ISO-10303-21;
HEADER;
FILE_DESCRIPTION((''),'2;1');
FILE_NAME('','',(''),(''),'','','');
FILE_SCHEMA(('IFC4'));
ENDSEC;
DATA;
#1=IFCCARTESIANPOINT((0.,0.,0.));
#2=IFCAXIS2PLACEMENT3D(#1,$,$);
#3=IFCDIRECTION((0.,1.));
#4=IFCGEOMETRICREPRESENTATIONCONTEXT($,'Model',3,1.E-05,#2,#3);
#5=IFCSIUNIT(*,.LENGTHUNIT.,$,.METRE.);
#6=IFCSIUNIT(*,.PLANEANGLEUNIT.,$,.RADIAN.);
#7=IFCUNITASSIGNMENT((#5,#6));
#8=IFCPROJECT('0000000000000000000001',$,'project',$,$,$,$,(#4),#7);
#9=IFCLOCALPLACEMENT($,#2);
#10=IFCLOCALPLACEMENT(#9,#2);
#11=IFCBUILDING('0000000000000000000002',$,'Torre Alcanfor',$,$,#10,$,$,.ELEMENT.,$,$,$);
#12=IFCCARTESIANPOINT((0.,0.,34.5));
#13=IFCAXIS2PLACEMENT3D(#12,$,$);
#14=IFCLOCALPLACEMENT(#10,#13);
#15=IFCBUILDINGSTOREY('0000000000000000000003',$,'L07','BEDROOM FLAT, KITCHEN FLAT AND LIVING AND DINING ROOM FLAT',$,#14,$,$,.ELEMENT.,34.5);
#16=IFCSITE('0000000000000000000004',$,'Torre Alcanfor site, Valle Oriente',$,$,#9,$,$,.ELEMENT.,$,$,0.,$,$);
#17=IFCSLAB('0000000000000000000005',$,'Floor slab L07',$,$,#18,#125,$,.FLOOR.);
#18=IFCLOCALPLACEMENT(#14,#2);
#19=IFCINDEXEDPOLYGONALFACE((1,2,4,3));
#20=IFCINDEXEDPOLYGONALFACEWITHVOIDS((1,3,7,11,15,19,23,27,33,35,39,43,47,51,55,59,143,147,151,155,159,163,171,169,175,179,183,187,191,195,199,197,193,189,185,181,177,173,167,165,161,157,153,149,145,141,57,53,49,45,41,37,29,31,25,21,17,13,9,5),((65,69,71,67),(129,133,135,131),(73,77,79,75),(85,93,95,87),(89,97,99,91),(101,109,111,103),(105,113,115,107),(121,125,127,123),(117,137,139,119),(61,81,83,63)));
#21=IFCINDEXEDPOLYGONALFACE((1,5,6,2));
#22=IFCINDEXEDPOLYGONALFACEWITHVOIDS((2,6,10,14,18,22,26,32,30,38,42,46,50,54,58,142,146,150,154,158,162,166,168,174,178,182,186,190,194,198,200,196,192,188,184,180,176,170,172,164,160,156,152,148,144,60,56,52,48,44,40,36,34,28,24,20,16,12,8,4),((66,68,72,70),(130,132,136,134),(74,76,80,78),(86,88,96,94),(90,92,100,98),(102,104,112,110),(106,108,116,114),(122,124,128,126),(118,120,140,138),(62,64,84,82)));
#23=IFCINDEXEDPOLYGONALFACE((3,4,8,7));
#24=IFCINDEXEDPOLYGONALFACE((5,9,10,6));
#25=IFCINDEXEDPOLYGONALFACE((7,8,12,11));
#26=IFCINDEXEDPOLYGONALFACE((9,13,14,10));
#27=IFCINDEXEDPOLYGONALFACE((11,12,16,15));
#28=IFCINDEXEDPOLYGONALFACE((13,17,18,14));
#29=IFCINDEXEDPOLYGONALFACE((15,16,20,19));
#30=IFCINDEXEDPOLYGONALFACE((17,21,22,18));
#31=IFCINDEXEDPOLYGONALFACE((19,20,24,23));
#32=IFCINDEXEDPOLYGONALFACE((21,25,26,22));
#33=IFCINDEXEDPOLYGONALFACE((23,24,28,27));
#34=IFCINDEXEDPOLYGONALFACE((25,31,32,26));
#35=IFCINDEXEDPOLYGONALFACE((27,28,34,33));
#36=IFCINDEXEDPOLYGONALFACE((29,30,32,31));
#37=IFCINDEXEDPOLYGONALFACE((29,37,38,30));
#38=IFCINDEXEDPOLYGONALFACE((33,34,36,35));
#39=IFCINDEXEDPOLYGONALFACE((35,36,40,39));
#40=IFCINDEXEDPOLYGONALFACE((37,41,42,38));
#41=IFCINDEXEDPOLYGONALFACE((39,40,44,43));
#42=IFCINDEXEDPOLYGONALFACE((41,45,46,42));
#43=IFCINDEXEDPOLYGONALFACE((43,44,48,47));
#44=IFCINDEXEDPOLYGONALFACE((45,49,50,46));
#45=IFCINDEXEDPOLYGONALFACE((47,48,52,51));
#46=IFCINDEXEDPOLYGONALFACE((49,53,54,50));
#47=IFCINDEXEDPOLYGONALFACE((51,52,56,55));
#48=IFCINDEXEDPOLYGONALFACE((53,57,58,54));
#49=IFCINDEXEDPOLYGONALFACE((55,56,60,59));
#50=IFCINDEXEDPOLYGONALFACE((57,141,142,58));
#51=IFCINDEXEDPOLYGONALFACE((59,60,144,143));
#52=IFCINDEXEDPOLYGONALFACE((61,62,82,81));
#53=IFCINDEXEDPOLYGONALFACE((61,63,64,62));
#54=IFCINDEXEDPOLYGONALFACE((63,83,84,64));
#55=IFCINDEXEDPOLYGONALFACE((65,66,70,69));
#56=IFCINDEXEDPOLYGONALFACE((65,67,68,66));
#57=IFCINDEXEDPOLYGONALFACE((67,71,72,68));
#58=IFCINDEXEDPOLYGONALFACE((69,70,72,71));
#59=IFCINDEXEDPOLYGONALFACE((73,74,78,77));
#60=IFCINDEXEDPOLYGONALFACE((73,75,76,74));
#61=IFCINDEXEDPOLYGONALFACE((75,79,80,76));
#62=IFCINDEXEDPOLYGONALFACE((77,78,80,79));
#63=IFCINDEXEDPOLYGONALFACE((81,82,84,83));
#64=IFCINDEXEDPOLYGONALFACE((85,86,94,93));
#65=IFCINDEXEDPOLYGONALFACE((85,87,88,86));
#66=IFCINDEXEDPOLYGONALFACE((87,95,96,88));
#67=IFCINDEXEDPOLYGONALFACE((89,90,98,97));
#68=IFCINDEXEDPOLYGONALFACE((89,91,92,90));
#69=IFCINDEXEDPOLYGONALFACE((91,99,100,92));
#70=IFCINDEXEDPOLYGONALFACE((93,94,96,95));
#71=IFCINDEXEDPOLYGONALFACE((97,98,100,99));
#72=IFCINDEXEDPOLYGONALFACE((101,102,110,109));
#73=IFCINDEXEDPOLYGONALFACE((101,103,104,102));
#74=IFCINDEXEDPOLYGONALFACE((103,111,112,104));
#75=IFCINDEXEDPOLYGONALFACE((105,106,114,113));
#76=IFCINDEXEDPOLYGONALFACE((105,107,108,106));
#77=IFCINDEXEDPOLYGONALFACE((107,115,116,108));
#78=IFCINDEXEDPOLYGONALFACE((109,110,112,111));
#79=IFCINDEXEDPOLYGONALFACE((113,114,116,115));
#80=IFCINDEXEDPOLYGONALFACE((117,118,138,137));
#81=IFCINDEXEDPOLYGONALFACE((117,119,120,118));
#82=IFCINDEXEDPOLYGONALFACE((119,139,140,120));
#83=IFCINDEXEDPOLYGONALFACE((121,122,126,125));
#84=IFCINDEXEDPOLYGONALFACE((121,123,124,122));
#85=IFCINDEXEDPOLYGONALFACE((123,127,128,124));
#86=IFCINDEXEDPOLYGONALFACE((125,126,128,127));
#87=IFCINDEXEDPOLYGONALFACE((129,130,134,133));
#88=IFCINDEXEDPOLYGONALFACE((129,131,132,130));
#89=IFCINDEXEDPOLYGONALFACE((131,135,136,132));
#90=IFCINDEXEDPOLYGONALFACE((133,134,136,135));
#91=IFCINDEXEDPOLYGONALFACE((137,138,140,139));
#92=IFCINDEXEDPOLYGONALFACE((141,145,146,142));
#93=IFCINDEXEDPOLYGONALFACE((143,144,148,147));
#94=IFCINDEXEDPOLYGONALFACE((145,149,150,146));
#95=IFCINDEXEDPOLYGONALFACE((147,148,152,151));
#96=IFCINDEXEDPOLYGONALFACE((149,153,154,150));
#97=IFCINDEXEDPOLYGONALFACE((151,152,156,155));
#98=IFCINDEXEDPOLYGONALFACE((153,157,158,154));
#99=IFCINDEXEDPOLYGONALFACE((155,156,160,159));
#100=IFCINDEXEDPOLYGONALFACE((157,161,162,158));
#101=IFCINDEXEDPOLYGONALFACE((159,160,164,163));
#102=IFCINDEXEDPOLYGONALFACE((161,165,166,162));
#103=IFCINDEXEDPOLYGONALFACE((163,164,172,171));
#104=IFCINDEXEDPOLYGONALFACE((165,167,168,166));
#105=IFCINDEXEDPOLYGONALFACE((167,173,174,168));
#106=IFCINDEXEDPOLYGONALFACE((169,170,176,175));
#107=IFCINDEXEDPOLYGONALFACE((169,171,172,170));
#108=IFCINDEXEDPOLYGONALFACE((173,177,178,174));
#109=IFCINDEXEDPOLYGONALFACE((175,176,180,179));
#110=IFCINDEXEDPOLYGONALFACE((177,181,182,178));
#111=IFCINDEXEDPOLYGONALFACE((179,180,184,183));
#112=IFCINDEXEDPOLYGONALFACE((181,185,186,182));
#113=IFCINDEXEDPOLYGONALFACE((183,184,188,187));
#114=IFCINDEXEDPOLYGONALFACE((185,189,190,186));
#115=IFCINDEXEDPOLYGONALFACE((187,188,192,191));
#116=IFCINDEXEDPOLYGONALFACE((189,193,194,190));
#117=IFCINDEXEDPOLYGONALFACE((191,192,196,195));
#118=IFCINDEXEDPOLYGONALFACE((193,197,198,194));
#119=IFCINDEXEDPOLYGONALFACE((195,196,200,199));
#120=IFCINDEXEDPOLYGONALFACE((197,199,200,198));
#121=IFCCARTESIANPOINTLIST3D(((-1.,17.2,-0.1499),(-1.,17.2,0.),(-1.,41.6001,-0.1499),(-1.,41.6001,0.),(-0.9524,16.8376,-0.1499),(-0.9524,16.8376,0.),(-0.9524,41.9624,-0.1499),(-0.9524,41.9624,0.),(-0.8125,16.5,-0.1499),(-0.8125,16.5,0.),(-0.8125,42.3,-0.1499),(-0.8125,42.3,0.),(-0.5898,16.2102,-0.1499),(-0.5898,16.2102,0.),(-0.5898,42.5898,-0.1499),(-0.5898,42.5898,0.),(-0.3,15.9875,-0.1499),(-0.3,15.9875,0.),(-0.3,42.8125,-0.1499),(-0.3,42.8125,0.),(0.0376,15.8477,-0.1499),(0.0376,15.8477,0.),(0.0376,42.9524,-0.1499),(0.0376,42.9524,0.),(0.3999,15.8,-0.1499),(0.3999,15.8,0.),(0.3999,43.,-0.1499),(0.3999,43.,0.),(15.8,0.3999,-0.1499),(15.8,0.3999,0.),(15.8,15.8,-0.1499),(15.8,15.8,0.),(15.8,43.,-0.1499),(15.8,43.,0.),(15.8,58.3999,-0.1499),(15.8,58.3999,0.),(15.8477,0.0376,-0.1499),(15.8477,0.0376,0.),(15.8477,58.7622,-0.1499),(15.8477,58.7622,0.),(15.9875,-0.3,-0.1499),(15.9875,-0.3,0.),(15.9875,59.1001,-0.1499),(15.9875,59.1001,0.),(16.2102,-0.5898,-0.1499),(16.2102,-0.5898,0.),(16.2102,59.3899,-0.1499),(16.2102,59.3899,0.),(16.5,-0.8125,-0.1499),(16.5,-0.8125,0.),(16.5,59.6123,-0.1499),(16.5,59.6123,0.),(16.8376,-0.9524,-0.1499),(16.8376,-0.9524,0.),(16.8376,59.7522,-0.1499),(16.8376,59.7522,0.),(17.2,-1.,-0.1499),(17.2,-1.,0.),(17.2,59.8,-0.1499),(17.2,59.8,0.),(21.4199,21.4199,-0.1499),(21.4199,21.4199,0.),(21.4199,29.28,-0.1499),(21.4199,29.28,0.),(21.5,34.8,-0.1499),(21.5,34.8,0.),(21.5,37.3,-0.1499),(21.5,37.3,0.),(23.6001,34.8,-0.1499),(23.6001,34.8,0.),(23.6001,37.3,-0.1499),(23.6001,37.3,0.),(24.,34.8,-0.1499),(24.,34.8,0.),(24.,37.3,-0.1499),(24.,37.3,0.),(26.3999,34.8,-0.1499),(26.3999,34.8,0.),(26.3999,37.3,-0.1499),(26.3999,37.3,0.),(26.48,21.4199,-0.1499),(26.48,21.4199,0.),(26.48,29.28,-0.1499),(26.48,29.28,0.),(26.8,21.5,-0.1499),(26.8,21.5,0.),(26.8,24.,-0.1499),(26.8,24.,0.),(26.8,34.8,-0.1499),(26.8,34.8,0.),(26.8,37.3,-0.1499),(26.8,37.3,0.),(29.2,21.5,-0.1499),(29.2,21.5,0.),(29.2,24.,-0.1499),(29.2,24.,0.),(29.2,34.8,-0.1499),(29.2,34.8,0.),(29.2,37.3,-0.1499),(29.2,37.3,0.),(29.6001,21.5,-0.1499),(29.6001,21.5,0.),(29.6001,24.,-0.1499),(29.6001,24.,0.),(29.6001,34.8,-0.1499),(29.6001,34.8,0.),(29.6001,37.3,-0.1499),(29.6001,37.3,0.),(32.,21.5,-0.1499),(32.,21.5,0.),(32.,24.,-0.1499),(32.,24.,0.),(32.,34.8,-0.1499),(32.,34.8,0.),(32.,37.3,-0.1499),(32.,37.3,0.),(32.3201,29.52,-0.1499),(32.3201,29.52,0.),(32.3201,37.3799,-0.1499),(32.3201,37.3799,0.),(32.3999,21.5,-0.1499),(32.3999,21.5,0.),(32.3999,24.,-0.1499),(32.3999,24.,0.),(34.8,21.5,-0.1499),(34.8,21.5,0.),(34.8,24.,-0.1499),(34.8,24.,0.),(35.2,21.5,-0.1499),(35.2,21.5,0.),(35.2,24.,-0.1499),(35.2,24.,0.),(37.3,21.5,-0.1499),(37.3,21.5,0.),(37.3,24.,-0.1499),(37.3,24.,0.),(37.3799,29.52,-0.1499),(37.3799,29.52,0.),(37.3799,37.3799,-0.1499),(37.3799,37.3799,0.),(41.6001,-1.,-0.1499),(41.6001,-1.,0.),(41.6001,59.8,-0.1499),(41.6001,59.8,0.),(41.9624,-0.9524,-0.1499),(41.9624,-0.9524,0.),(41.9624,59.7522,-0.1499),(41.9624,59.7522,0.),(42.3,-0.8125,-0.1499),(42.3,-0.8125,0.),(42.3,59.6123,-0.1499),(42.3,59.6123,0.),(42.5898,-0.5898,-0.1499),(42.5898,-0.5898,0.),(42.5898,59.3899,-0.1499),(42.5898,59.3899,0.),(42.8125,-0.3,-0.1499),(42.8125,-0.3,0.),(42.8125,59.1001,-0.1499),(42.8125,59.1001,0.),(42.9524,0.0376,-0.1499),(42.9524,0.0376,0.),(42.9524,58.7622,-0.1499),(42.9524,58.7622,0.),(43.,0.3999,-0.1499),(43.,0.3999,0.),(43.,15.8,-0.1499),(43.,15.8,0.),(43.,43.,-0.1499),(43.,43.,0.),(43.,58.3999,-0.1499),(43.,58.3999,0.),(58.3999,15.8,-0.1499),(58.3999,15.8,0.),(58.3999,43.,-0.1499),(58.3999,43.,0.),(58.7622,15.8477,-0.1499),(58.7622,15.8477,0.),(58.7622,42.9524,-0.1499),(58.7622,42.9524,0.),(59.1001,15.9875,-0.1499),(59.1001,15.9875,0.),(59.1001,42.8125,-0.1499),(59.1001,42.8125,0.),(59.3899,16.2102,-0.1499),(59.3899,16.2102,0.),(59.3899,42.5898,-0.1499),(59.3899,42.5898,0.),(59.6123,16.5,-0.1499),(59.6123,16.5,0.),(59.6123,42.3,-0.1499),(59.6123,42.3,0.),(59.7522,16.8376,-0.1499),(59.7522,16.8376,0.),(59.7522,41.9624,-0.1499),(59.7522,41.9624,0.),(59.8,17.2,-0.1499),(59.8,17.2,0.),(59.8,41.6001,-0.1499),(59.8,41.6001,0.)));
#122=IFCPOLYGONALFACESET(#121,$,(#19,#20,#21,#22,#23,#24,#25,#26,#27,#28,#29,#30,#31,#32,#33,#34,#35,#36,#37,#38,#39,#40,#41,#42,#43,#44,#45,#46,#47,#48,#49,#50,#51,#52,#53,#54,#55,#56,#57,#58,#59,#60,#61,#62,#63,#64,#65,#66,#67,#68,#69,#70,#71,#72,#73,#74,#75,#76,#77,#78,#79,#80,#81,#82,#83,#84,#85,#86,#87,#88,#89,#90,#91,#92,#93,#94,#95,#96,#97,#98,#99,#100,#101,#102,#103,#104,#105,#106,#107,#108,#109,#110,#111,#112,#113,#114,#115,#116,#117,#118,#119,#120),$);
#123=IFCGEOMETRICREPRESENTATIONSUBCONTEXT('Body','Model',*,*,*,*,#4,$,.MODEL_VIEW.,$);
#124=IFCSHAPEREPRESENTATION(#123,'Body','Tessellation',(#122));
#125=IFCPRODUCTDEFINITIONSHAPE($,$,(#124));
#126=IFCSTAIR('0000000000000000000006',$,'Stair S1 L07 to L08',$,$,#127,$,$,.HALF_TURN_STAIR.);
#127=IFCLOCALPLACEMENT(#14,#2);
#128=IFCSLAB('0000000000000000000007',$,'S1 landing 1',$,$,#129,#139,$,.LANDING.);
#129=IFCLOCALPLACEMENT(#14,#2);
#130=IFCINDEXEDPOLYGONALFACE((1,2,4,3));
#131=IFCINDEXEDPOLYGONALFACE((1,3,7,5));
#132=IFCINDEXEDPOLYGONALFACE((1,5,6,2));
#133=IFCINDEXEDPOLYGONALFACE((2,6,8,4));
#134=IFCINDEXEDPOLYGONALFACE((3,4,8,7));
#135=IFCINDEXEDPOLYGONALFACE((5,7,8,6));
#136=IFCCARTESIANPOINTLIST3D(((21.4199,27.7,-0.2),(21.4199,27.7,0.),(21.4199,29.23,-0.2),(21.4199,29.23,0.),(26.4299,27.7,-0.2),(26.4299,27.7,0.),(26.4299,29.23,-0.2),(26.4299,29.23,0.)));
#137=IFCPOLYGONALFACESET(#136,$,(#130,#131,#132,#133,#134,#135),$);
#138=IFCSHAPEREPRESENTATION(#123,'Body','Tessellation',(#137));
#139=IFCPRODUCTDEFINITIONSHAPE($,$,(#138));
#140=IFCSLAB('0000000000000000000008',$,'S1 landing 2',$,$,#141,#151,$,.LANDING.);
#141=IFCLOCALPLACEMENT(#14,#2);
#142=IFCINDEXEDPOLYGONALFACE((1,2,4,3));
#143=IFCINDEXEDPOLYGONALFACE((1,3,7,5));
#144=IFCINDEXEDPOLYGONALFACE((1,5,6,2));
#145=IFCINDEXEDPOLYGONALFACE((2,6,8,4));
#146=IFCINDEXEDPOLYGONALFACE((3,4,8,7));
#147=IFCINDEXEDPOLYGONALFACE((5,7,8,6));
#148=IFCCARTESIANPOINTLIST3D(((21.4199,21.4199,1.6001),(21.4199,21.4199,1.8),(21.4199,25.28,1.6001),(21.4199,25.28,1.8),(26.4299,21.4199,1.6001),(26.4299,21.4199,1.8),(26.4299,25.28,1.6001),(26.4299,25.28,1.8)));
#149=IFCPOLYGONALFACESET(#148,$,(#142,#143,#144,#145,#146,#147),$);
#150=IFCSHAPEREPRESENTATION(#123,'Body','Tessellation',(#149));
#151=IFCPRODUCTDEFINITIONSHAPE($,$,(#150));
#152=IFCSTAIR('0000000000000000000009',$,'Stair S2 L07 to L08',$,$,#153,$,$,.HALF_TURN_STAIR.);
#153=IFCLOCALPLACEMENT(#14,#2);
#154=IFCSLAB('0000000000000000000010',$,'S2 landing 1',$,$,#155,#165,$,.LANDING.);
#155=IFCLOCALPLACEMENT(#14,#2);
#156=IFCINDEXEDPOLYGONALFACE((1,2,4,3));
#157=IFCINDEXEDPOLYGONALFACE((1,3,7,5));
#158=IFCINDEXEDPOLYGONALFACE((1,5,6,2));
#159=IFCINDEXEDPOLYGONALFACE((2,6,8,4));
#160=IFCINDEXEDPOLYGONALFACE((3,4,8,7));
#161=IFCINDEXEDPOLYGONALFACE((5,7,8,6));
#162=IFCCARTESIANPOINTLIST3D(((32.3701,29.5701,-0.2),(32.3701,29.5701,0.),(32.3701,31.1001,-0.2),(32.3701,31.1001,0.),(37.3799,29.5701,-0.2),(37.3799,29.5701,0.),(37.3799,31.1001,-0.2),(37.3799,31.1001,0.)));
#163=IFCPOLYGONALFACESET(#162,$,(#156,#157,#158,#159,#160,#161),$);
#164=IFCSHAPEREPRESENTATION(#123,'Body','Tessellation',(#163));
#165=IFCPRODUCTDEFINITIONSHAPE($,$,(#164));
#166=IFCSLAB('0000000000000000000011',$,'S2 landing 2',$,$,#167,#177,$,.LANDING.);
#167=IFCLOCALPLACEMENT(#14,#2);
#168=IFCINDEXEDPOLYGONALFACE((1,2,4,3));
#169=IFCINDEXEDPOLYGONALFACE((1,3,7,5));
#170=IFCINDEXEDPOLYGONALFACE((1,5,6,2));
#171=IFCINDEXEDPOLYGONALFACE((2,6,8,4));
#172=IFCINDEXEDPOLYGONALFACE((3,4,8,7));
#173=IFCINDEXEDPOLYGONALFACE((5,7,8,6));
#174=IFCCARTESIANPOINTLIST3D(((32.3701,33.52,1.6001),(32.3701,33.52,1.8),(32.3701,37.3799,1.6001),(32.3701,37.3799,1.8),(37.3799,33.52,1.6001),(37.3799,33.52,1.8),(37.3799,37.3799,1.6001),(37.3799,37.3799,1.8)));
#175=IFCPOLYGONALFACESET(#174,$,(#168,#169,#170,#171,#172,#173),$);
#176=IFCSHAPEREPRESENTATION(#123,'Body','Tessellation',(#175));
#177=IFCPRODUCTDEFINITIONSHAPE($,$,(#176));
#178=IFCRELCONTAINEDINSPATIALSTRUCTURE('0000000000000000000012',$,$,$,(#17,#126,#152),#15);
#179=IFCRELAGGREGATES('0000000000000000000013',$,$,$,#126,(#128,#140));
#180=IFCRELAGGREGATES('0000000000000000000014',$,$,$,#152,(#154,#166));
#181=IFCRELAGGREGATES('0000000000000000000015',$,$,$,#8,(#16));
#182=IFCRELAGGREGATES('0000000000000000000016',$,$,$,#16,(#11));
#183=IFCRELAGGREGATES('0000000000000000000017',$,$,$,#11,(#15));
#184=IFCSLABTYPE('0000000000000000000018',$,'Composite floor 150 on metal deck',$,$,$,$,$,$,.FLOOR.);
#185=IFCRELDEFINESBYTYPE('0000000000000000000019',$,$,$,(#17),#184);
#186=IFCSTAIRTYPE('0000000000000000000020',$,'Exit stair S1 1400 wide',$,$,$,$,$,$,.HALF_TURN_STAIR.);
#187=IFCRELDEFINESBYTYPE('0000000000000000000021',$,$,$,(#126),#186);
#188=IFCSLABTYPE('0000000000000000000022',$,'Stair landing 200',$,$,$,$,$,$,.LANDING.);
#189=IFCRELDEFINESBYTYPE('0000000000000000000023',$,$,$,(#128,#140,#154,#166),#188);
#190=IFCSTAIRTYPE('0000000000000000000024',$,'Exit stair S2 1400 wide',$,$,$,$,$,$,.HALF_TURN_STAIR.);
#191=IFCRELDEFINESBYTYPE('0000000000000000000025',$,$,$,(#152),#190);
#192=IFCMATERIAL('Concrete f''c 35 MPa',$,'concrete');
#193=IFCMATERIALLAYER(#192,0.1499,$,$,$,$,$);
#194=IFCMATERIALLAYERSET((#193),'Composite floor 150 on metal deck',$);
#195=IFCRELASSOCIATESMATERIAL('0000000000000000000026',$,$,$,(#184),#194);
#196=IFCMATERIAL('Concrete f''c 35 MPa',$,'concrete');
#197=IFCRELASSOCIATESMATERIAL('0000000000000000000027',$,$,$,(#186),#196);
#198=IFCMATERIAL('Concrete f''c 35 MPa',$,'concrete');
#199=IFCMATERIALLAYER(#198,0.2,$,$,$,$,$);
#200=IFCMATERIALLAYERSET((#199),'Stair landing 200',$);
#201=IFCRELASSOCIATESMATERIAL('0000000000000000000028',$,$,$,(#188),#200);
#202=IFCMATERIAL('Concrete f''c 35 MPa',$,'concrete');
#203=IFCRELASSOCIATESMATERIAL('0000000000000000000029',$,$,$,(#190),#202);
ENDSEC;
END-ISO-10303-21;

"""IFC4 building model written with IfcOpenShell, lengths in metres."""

from ifc_helpers import new_model, si_unit, direction, frame, origin, place, context, subcontext, project, spatial, polyline, outline, extrude, material, layer, layer_set, type_object, element, aggregate, save


model = new_model("IFC4")

# Units and contexts
model_context = context("Model", 3, precision=1e-05, world=origin(), true_north=direction((0.0, 1.0)))
body_context = subcontext(model_context, "Body", "Model", "MODEL_VIEW")
ifc_project = project(units=[si_unit("LENGTHUNIT", "METRE"), si_unit("PLANEANGLEUNIT", "RADIAN")], contexts=[model_context])

# Site, building, storey
site_placement = place(None, origin())
site = spatial("IfcSite", under=ifc_project, at=site_placement, Name="Torre Alcanfor site, Valle Oriente", CompositionType="ELEMENT", RefElevation=0.0)
building_placement = place(site_placement, origin())
building = spatial("IfcBuilding", under=site, at=building_placement, Name="Torre Alcanfor", CompositionType="ELEMENT")
storey_placement = place(building_placement, frame((0.0, 0.0, 34.5)))
storey = spatial("IfcBuildingStorey", under=building, at=storey_placement, Name="L07", Description="BEDROOM FLAT, KITCHEN FLAT AND LIVING AND DINING ROOM FLAT", CompositionType="ELEMENT", Elevation=34.5)

# Slab
ifc_material_1 = material(Name="Concrete f'c 35 MPa", Category="concrete")
ifc_layer_1 = layer(ifc_material_1, 0.1499)
ifc_layer_set_1 = layer_set([ifc_layer_1], Name="Composite floor 150 on metal deck")
slab_type_1 = type_object("IfcSlabType", Name="Composite floor 150 on metal deck", PredefinedType="FLOOR", material=ifc_layer_set_1)
slab_1_placement = place(storey_placement, frame((0.0, 0.0, -0.1499)))
element("IfcSlab", 1, at=slab_1_placement, inside=storey, type_object=slab_type_1, Name="Floor slab L07", PredefinedType="FLOOR", context=body_context, shape_type="SweptSolid", body=[
    extrude(outline(polyline([(15.8, 43.0), (0.3999, 43.0), (0.0376, 42.9524), (-0.3, 42.8125), (-0.5898, 42.5898), (-0.8125, 42.3), (-0.9524, 41.9624), (-1.0, 41.6001), (-1.0, 17.2), (-0.9524, 16.8376), (-0.8125, 16.5), (-0.5898, 16.2102), (-0.3, 15.9875), (0.0376, 15.8477), (0.3999, 15.8), (15.8, 15.8), (15.8, 0.3999), (15.8477, 0.0376), (15.9875, -0.3), (16.2102, -0.5898), (16.5, -0.8125), (16.8376, -0.9524), (17.2, -1.0), (41.6001, -1.0), (41.9624, -0.9524), (42.3, -0.8125), (42.5898, -0.5898), (42.8125, -0.3), (42.9524, 0.0376), (43.0, 0.3999), (43.0, 15.8), (58.3999, 15.8), (58.7622, 15.8477), (59.1001, 15.9875), (59.3899, 16.2102), (59.6123, 16.5), (59.7522, 16.8376), (59.8, 17.2), (59.8, 41.6001), (59.7522, 41.9624), (59.6123, 42.3), (59.3899, 42.5898), (59.1001, 42.8125), (58.7622, 42.9524), (58.3999, 43.0), (43.0, 43.0), (43.0, 58.3999), (42.9524, 58.7622), (42.8125, 59.1001), (42.5898, 59.3899), (42.3, 59.6123), (41.9624, 59.7522), (41.6001, 59.8), (17.2, 59.8), (16.8376, 59.7522), (16.5, 59.6123), (16.2102, 59.3899), (15.9875, 59.1001), (15.8477, 58.7622), (15.8, 58.3999), (15.8, 43.0)]), holes=[polyline([(21.4199, 21.4199), (26.48, 21.4199), (26.48, 29.28), (21.4199, 29.28), (21.4199, 21.4199)]), polyline([(32.3201, 29.52), (37.3799, 29.52), (37.3799, 37.3799), (32.3201, 37.3799), (32.3201, 29.52)]), polyline([(26.8, 21.5), (29.2, 21.5), (29.2, 24.0), (26.8, 24.0), (26.8, 21.5)]), polyline([(29.6001, 21.5), (32.0, 21.5), (32.0, 24.0), (29.6001, 24.0), (29.6001, 21.5)]), polyline([(32.3999, 21.5), (34.8, 21.5), (34.8, 24.0), (32.3999, 24.0), (32.3999, 21.5)]), polyline([(35.2, 21.5), (37.3, 21.5), (37.3, 24.0), (35.2, 24.0), (35.2, 21.5)]), polyline([(21.5, 34.8), (23.6001, 34.8), (23.6001, 37.3), (21.5, 37.3), (21.5, 34.8)]), polyline([(24.0, 34.8), (26.3999, 34.8), (26.3999, 37.3), (24.0, 37.3), (24.0, 34.8)]), polyline([(26.8, 34.8), (29.2, 34.8), (29.2, 37.3), (26.8, 37.3), (26.8, 34.8)]), polyline([(29.6001, 34.8), (32.0, 34.8), (32.0, 37.3), (29.6001, 37.3), (29.6001, 34.8)])]), origin(), (0.0, 0.0, 1.0), 0.1499),
])

# Stairs, slabs
ifc_material_2 = material(Name="Concrete f'c 35 MPa", Category="concrete")
stair_type_1 = type_object("IfcStairType", Name="Exit stair S1 1400 wide", PredefinedType="HALF_TURN_STAIR", material=ifc_material_2)
stair_1_placement = place(storey_placement, origin())
stair_1 = element("IfcStair", 2, at=stair_1_placement, inside=storey, type_object=stair_type_1, Name="Stair S1 L07 to L08", PredefinedType="HALF_TURN_STAIR")
ifc_material_3 = material(Name="Concrete f'c 35 MPa", Category="concrete")
ifc_layer_2 = layer(ifc_material_3, 0.2)
ifc_layer_set_2 = layer_set([ifc_layer_2], Name="Stair landing 200")
slab_type_2 = type_object("IfcSlabType", Name="Stair landing 200", PredefinedType="LANDING", material=ifc_layer_set_2)
slab_2_placement = place(storey_placement, frame((0.0, 0.0, -0.2)))
slab_2 = element("IfcSlab", 3, at=slab_2_placement, type_object=slab_type_2, Name="S1 landing 1", PredefinedType="LANDING", context=body_context, shape_type="SweptSolid", body=[
    extrude(outline(polyline([(21.4199, 27.7), (26.4299, 27.7), (26.4299, 29.23), (21.4199, 29.23), (21.4199, 27.7)])), origin(), (0.0, 0.0, 1.0), 0.2),
])
slab_3_placement = place(storey_placement, frame((0.0, 0.0, 1.6001)))
slab_3 = element("IfcSlab", 4, at=slab_3_placement, type_object=slab_type_2, Name="S1 landing 2", PredefinedType="LANDING", context=body_context, shape_type="SweptSolid", body=[
    extrude(outline(polyline([(21.4199, 21.4199), (26.4299, 21.4199), (26.4299, 25.28), (21.4199, 25.28), (21.4199, 21.4199)])), origin(), (0.0, 0.0, 1.0), 0.2),
])
aggregate(stair_1, [slab_2, slab_3])
ifc_material_4 = material(Name="Concrete f'c 35 MPa", Category="concrete")
stair_type_2 = type_object("IfcStairType", Name="Exit stair S2 1400 wide", PredefinedType="HALF_TURN_STAIR", material=ifc_material_4)
stair_2_placement = place(storey_placement, origin())
stair_2 = element("IfcStair", 5, at=stair_2_placement, inside=storey, type_object=stair_type_2, Name="Stair S2 L07 to L08", PredefinedType="HALF_TURN_STAIR")
slab_4_placement = place(storey_placement, frame((0.0, 0.0, -0.2)))
slab_4 = element("IfcSlab", 6, at=slab_4_placement, type_object=slab_type_2, Name="S2 landing 1", PredefinedType="LANDING", context=body_context, shape_type="SweptSolid", body=[
    extrude(outline(polyline([(32.3701, 29.5701), (37.3799, 29.5701), (37.3799, 31.1001), (32.3701, 31.1001), (32.3701, 29.5701)])), origin(), (0.0, 0.0, 1.0), 0.2),
])
slab_5_placement = place(storey_placement, frame((0.0, 0.0, 1.6001)))
slab_5 = element("IfcSlab", 7, at=slab_5_placement, type_object=slab_type_2, Name="S2 landing 2", PredefinedType="LANDING", context=body_context, shape_type="SweptSolid", body=[
    extrude(outline(polyline([(32.3701, 33.52), (37.3799, 33.52), (37.3799, 37.3799), (32.3701, 37.3799), (32.3701, 33.52)])), origin(), (0.0, 0.0, 1.0), 0.2),
])
aggregate(stair_2, [slab_4, slab_5])

save(model, "model.ifc")
